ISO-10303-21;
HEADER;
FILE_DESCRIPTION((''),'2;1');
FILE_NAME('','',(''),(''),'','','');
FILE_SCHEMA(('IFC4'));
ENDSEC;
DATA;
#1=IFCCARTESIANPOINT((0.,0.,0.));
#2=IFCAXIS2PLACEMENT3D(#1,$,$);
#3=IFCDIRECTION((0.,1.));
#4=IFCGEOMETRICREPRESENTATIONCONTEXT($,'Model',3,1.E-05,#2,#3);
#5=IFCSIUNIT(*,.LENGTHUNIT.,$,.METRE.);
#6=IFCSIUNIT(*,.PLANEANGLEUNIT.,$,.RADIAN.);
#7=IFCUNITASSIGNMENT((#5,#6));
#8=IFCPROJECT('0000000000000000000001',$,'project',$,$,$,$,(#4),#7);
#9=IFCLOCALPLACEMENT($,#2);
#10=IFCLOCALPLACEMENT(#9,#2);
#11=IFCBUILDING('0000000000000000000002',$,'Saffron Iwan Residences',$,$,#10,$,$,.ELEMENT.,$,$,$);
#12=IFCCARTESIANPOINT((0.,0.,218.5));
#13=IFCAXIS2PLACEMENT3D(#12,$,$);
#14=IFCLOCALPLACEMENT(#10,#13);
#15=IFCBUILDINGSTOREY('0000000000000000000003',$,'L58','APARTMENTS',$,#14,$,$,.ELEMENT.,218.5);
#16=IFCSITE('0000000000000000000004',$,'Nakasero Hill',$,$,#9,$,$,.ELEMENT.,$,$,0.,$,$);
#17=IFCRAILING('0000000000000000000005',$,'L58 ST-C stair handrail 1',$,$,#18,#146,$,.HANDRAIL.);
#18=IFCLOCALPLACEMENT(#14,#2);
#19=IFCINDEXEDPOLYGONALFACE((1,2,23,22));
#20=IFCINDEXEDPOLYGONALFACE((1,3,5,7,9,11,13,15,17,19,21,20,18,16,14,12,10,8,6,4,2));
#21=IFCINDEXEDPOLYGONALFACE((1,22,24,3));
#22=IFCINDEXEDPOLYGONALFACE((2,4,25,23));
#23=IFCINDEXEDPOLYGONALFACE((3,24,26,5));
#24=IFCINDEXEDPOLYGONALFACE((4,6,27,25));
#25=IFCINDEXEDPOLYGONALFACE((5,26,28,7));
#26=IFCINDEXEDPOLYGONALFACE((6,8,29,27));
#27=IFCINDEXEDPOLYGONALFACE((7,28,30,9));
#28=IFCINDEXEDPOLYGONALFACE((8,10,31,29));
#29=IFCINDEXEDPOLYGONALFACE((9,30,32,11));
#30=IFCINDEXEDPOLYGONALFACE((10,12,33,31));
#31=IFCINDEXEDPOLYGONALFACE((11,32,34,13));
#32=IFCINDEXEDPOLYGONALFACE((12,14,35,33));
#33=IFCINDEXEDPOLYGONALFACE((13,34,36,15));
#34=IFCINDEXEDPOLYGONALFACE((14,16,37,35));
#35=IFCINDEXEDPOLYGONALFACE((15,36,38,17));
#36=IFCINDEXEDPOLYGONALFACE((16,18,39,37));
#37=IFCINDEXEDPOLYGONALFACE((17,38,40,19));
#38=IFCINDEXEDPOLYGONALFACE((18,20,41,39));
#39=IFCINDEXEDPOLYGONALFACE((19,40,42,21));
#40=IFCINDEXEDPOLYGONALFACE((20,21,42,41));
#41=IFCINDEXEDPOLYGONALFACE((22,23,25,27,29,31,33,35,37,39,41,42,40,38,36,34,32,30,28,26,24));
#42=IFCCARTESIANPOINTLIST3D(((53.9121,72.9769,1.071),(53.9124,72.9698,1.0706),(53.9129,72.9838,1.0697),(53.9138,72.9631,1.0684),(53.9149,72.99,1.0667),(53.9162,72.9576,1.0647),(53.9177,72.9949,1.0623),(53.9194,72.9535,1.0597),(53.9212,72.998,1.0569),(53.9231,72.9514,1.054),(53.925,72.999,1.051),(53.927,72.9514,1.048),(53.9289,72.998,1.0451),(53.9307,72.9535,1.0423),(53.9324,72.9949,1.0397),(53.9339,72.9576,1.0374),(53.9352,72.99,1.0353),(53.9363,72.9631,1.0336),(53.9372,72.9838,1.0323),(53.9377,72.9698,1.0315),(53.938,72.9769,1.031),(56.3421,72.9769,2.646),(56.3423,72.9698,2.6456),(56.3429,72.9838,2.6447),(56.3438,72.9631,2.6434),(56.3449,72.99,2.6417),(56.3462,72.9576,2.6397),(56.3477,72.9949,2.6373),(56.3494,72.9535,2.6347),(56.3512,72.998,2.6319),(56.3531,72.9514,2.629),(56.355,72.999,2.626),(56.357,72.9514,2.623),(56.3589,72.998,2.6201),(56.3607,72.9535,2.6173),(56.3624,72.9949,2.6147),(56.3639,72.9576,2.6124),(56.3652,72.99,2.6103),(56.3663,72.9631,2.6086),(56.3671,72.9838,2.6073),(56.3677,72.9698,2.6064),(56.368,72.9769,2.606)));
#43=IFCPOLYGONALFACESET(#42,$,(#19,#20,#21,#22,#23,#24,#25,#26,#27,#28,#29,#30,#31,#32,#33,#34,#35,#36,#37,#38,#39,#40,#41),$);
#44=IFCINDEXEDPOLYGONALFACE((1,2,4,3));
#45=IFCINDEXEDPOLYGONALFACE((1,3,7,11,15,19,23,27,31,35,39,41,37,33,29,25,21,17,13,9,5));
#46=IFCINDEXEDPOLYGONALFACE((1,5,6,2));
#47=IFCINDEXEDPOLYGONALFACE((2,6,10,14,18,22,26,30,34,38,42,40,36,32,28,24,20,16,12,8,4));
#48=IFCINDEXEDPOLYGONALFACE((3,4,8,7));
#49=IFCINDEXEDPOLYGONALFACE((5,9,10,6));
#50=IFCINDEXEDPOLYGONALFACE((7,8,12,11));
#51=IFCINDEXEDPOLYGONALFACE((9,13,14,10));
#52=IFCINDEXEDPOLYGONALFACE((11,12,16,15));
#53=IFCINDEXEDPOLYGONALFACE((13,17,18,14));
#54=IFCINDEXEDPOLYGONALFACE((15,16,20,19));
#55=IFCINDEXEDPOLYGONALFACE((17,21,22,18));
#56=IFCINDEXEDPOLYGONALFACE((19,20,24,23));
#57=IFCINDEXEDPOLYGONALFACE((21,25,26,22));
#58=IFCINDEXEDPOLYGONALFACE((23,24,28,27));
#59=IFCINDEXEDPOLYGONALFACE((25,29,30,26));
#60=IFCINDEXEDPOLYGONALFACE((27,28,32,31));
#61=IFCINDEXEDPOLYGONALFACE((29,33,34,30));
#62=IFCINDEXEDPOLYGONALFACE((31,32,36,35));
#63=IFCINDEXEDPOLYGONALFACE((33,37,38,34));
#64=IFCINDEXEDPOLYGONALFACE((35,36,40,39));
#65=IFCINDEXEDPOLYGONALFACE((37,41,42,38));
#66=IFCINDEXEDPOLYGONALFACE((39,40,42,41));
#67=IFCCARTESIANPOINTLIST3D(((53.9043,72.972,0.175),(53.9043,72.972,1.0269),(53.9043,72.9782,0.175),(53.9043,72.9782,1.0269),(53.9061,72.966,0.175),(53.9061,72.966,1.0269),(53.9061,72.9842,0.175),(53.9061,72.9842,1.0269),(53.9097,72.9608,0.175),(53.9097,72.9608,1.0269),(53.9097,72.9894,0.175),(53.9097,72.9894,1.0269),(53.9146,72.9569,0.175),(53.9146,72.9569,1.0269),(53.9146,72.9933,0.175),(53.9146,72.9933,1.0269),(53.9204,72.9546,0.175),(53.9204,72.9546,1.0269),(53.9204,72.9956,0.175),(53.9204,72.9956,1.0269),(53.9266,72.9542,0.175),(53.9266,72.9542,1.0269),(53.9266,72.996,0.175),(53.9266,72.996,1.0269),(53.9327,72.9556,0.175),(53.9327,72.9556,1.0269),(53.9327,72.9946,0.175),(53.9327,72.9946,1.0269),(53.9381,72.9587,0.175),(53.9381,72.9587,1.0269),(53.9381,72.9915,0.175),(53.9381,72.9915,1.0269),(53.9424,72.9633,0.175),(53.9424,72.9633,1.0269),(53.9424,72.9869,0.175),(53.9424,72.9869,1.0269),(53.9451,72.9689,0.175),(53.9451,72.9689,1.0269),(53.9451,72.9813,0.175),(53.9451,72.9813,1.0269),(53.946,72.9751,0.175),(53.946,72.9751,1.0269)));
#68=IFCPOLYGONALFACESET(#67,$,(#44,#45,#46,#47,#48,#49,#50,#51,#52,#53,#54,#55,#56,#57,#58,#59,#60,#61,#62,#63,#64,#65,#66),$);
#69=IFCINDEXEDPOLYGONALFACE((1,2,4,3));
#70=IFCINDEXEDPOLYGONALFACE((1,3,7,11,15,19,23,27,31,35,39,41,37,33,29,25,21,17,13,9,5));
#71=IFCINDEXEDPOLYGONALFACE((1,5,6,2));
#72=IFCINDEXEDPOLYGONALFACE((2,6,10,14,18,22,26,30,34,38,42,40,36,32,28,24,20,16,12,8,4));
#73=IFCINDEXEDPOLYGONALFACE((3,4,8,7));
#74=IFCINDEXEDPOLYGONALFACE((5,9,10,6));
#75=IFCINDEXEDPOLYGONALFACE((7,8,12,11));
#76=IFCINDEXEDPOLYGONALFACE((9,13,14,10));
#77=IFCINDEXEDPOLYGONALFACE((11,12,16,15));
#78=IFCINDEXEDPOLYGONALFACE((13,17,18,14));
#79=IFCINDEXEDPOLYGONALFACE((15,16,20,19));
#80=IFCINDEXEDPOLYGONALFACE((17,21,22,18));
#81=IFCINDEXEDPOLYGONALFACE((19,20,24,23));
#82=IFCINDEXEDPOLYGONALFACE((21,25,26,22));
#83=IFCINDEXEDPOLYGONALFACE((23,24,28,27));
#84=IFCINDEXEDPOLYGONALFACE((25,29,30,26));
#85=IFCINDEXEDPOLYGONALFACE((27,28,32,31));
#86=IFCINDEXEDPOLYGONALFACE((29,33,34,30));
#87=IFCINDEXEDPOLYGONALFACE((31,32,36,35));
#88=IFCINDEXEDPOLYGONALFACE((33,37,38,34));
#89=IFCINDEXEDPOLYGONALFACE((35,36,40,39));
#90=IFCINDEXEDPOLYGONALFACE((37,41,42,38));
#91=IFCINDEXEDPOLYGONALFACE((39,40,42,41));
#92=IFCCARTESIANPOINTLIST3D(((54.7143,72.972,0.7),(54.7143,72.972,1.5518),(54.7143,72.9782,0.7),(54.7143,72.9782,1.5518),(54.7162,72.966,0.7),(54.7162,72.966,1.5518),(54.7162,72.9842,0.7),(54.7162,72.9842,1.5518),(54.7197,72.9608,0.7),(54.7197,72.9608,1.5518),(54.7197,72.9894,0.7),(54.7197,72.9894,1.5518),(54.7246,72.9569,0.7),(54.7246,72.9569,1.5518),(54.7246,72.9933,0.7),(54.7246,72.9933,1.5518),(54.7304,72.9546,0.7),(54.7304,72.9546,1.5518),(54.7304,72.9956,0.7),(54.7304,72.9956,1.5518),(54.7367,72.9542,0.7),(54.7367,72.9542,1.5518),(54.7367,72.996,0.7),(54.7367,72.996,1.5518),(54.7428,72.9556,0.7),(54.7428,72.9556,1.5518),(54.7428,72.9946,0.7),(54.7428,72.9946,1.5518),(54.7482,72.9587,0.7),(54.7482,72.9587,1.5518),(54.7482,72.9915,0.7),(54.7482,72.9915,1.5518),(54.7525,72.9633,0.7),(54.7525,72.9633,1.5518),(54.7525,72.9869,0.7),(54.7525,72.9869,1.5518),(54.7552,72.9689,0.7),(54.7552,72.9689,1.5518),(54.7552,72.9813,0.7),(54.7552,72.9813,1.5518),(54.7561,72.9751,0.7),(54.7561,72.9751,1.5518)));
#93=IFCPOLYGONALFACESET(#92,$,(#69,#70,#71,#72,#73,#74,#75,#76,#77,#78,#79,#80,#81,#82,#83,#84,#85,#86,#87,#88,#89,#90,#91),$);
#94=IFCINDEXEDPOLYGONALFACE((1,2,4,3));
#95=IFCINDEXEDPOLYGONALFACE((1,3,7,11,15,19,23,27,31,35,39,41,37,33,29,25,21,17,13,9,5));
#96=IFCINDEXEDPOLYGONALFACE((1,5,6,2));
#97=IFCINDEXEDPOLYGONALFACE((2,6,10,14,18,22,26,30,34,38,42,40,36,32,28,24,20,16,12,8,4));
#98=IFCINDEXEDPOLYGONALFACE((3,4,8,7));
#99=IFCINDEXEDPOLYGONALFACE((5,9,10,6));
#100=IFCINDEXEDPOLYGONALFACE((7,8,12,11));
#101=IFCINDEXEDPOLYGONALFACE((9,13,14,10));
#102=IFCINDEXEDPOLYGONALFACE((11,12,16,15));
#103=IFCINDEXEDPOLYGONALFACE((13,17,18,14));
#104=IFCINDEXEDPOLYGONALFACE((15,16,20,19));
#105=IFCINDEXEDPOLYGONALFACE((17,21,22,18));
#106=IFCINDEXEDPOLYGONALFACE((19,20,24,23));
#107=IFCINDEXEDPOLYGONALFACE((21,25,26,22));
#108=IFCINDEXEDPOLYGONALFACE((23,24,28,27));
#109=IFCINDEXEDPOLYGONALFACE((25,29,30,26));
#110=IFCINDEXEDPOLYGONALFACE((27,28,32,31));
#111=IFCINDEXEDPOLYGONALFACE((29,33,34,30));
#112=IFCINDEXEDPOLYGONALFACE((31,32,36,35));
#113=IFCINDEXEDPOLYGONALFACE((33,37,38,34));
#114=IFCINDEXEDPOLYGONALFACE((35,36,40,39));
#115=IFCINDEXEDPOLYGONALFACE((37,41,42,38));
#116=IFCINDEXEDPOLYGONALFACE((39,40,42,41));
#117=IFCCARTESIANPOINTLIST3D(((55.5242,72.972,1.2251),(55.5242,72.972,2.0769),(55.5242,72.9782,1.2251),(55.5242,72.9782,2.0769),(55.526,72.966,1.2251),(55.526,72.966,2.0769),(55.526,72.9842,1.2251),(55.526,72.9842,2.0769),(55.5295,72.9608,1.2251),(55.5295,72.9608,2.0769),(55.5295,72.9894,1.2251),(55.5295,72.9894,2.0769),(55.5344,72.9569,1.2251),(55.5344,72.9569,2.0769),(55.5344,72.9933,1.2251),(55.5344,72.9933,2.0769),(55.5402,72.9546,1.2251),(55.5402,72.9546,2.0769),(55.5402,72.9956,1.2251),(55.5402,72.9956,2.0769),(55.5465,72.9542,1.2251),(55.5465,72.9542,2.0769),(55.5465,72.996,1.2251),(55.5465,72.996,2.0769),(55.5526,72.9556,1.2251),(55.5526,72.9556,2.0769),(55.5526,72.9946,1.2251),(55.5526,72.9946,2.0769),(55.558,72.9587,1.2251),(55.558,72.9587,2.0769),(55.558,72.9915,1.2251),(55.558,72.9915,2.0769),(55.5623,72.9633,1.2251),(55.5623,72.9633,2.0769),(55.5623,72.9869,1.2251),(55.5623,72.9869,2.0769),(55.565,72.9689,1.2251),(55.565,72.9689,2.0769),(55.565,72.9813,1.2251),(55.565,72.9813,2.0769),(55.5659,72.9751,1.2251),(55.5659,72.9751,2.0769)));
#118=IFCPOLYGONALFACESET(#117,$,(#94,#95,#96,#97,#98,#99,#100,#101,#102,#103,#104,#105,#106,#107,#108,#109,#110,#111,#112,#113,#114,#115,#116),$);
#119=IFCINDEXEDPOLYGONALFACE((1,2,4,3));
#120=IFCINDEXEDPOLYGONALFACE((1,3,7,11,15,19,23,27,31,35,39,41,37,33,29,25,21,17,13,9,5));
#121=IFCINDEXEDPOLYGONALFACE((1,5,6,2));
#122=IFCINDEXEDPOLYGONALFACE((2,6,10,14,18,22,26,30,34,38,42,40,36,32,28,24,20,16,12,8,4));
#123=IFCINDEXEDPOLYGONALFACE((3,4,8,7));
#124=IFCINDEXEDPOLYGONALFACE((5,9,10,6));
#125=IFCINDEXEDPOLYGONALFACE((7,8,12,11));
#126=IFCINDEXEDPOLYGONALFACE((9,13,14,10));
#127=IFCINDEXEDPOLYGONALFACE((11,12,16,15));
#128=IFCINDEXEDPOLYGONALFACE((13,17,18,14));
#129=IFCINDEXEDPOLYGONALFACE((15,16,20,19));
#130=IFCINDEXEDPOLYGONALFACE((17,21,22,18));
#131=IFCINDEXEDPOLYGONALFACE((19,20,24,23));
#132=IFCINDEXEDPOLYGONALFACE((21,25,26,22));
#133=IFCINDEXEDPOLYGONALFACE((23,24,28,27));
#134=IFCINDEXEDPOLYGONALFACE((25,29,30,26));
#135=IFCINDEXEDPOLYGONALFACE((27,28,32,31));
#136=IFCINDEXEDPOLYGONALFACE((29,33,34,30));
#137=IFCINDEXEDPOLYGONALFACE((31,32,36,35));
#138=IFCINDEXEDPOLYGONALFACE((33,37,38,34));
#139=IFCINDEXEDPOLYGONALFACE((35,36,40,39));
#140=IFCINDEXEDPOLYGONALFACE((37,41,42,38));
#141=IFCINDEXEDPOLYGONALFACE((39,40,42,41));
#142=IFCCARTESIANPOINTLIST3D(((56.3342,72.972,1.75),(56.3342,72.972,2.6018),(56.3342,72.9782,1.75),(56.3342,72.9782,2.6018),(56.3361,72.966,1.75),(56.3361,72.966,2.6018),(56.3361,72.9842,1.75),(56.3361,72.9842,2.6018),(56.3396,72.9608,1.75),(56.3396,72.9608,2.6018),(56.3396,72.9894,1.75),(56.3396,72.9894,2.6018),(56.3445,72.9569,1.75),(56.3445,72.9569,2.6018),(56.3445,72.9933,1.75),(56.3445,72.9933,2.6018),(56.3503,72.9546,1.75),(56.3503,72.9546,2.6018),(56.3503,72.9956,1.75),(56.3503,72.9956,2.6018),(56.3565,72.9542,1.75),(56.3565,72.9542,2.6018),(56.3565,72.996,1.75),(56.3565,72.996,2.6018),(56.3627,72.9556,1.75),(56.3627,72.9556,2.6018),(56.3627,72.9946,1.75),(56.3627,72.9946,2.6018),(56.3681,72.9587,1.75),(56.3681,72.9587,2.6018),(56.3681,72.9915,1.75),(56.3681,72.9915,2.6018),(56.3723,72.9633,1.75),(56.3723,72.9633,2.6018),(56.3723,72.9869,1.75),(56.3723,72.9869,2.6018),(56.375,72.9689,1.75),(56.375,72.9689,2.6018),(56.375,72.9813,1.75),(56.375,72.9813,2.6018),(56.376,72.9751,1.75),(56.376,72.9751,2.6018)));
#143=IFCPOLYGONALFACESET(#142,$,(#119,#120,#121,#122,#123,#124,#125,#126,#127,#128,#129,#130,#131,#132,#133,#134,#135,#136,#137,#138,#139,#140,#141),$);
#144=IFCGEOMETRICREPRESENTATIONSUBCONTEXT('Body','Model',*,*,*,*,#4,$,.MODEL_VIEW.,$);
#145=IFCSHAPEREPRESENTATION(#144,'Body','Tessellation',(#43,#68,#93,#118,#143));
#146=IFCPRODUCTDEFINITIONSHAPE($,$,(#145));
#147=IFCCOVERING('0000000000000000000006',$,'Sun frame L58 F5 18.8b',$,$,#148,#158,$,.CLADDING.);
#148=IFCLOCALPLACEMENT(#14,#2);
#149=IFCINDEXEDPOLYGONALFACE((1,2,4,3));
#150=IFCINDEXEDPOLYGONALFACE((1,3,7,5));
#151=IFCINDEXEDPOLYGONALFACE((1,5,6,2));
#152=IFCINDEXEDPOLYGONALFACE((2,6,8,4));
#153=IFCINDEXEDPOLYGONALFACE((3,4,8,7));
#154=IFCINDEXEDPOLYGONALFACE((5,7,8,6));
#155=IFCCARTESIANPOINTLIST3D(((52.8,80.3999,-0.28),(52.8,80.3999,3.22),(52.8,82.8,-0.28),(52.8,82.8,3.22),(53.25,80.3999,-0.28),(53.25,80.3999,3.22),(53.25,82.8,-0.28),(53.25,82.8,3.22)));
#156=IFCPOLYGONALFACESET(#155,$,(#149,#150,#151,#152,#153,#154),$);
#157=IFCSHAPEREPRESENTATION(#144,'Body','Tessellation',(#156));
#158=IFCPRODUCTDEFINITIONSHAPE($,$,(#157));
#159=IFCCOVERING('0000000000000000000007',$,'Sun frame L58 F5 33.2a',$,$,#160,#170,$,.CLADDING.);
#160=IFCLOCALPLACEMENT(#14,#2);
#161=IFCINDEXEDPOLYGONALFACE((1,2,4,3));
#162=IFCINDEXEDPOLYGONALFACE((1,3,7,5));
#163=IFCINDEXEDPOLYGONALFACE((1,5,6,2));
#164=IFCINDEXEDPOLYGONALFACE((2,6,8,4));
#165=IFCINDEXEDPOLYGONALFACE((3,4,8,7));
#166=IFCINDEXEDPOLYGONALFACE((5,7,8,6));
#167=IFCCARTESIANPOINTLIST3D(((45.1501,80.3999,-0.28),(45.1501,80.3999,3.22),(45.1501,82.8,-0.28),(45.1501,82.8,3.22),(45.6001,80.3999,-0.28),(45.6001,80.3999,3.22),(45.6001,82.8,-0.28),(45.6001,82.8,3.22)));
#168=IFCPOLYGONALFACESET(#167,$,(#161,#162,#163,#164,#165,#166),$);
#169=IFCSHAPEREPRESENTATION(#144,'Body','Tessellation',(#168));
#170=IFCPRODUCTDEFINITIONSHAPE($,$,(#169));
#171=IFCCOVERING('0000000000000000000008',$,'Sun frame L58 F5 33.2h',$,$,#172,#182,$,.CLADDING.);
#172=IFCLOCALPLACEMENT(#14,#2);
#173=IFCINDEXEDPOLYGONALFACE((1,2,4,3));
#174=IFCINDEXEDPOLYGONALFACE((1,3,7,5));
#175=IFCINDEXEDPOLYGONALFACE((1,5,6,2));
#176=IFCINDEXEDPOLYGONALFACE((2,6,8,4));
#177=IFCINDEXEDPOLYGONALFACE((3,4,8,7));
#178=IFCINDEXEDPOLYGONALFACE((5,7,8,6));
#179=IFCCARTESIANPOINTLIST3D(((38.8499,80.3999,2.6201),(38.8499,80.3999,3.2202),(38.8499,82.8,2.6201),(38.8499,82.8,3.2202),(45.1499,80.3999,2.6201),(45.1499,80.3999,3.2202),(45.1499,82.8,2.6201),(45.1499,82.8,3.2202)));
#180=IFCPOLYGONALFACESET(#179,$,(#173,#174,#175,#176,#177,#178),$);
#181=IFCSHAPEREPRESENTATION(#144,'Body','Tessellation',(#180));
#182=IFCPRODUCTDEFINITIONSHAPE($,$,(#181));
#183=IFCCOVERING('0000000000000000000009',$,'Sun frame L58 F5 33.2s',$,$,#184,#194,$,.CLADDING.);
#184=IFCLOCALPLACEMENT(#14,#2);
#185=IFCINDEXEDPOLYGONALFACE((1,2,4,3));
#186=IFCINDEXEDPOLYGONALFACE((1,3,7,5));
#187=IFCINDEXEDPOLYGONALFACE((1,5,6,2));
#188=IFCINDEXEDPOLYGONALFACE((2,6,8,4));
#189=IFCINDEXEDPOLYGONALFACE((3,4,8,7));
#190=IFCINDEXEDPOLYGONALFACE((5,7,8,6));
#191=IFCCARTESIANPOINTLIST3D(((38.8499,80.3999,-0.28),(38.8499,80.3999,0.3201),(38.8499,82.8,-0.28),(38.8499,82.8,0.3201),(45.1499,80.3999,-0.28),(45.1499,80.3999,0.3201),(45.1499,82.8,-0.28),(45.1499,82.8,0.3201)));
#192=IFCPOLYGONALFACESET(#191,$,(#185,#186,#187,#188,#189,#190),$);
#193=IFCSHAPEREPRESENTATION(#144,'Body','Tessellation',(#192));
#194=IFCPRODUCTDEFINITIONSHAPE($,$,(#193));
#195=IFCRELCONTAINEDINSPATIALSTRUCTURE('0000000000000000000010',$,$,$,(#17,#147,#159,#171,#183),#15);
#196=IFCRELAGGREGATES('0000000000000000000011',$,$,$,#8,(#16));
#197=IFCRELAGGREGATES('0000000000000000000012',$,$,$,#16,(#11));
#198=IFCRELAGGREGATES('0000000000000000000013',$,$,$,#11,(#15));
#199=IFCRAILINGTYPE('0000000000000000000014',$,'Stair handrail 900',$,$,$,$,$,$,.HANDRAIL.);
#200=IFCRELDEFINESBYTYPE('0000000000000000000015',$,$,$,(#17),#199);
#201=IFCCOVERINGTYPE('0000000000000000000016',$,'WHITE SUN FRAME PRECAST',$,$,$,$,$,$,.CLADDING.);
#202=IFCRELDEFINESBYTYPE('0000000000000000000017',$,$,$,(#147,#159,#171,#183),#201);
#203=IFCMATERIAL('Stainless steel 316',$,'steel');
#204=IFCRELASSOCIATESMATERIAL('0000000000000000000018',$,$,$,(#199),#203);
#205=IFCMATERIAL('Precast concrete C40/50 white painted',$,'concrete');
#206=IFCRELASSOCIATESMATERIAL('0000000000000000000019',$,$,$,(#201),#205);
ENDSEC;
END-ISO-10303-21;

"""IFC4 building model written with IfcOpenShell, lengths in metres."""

from ifc_helpers import new_model, si_unit, direction, frame, origin, origin_2d, place, context, subcontext, project, spatial, polyline, circle, outline, extrude, material, type_object, element, save


model = new_model("IFC4")

# Units and contexts
model_context = context("Model", 3, precision=1e-05, world=origin(), true_north=direction((0.0, 1.0)))
body_context = subcontext(model_context, "Body", "Model", "MODEL_VIEW")
ifc_project = project(units=[si_unit("LENGTHUNIT", "METRE"), si_unit("PLANEANGLEUNIT", "RADIAN")], contexts=[model_context])

# Site, building, storey
site_placement = place(None, origin())
site = spatial("IfcSite", under=ifc_project, at=site_placement, Name="Nakasero Hill", CompositionType="ELEMENT", RefElevation=0.0)
building_placement = place(site_placement, origin())
building = spatial("IfcBuilding", under=site, at=building_placement, Name="Saffron Iwan Residences", CompositionType="ELEMENT")
storey_placement = place(building_placement, frame((0.0, 0.0, 218.5)))
storey = spatial("IfcBuildingStorey", under=building, at=storey_placement, Name="L58", Description="APARTMENTS", CompositionType="ELEMENT", Elevation=218.5)

# Railing
ifc_material_1 = material(Name="Stainless steel 316", Category="steel")
railing_type_1 = type_object("IfcRailingType", Name="Stair handrail 900", PredefinedType="HANDRAIL", material=ifc_material_1)
railing_1_placement = place(storey_placement, frame((53.925, 72.9751, 0.175)))
element("IfcRailing", 1, at=railing_1_placement, inside=storey, type_object=railing_type_1, Name="L58 ST-C stair handrail 1", PredefinedType="HANDRAIL", context=body_context, shape_type="SweptSolid", body=[
    extrude(circle(Radius=0.0239, at=origin_2d()), frame((0.0, 0.0, 0.876), z_axis=(0.839154, 0.0, 0.543894), x_axis=(0.0, 1.0, 0.0)), (0.0, 0.0, 1.0), 2.8958),
    extrude(circle(Radius=0.021, at=origin_2d()), origin(), (0.0, 0.0, 1.0), 0.8518),
    extrude(circle(Radius=0.021, at=origin_2d()), frame((0.8101, 0.0, 0.5249)), (0.0, 0.0, 1.0), 0.8518),
    extrude(circle(Radius=0.021, at=origin_2d()), frame((1.6199, 0.0, 1.05)), (0.0, 0.0, 1.0), 0.8518),
    extrude(circle(Radius=0.021, at=origin_2d()), frame((2.4299, 0.0, 1.575)), (0.0, 0.0, 1.0), 0.8518),
])

# Coverings
ifc_material_2 = material(Name="Precast concrete C40/50 white painted", Category="concrete")
covering_type_1 = type_object("IfcCoveringType", Name="WHITE SUN FRAME PRECAST", PredefinedType="CLADDING", material=ifc_material_2)
for number, where, z_axis, x_axis, name in (
    (2, (53.25, 80.3999, -0.28), (0.0, 1.0, 0.0), (-1.0, 0.0, 0.0), "Sun frame L58 F5 18.8b"),
    (3, (45.6001, 80.3999, -0.28), (0.0, 1.0, 0.0), (-1.0, 0.0, 0.0), "Sun frame L58 F5 33.2a"),
):
    element("IfcCovering", number, at=place(storey_placement, frame(where, z_axis=z_axis, x_axis=x_axis)), inside=storey, type_object=covering_type_1, Name=name, PredefinedType="CLADDING", context=body_context, shape_type="SweptSolid", body=[
        extrude(outline(polyline([(0.0, 0.0), (0.45, 0.0), (0.45, 3.5), (0.0, 3.5), (0.0, 0.0)])), origin(), (0.0, 0.0, 1.0), 2.4001),
    ])
for number, where, z_axis, x_axis, name in (
    (4, (45.1499, 80.3999, 2.6201), (0.0, 1.0, 0.0), (-1.0, 0.0, 0.0), "Sun frame L58 F5 33.2h"),
    (5, (45.1499, 80.3999, -0.28), (0.0, 1.0, 0.0), (-1.0, 0.0, 0.0), "Sun frame L58 F5 33.2s"),
):
    element("IfcCovering", number, at=place(storey_placement, frame(where, z_axis=z_axis, x_axis=x_axis)), inside=storey, type_object=covering_type_1, Name=name, PredefinedType="CLADDING", context=body_context, shape_type="SweptSolid", body=[
        extrude(outline(polyline([(0.0, 0.0), (6.3, 0.0), (6.3, 0.6001), (0.0, 0.6001), (0.0, 0.0)])), origin(), (0.0, 0.0, 1.0), 2.4001),
    ])

save(model, "model.ifc")
